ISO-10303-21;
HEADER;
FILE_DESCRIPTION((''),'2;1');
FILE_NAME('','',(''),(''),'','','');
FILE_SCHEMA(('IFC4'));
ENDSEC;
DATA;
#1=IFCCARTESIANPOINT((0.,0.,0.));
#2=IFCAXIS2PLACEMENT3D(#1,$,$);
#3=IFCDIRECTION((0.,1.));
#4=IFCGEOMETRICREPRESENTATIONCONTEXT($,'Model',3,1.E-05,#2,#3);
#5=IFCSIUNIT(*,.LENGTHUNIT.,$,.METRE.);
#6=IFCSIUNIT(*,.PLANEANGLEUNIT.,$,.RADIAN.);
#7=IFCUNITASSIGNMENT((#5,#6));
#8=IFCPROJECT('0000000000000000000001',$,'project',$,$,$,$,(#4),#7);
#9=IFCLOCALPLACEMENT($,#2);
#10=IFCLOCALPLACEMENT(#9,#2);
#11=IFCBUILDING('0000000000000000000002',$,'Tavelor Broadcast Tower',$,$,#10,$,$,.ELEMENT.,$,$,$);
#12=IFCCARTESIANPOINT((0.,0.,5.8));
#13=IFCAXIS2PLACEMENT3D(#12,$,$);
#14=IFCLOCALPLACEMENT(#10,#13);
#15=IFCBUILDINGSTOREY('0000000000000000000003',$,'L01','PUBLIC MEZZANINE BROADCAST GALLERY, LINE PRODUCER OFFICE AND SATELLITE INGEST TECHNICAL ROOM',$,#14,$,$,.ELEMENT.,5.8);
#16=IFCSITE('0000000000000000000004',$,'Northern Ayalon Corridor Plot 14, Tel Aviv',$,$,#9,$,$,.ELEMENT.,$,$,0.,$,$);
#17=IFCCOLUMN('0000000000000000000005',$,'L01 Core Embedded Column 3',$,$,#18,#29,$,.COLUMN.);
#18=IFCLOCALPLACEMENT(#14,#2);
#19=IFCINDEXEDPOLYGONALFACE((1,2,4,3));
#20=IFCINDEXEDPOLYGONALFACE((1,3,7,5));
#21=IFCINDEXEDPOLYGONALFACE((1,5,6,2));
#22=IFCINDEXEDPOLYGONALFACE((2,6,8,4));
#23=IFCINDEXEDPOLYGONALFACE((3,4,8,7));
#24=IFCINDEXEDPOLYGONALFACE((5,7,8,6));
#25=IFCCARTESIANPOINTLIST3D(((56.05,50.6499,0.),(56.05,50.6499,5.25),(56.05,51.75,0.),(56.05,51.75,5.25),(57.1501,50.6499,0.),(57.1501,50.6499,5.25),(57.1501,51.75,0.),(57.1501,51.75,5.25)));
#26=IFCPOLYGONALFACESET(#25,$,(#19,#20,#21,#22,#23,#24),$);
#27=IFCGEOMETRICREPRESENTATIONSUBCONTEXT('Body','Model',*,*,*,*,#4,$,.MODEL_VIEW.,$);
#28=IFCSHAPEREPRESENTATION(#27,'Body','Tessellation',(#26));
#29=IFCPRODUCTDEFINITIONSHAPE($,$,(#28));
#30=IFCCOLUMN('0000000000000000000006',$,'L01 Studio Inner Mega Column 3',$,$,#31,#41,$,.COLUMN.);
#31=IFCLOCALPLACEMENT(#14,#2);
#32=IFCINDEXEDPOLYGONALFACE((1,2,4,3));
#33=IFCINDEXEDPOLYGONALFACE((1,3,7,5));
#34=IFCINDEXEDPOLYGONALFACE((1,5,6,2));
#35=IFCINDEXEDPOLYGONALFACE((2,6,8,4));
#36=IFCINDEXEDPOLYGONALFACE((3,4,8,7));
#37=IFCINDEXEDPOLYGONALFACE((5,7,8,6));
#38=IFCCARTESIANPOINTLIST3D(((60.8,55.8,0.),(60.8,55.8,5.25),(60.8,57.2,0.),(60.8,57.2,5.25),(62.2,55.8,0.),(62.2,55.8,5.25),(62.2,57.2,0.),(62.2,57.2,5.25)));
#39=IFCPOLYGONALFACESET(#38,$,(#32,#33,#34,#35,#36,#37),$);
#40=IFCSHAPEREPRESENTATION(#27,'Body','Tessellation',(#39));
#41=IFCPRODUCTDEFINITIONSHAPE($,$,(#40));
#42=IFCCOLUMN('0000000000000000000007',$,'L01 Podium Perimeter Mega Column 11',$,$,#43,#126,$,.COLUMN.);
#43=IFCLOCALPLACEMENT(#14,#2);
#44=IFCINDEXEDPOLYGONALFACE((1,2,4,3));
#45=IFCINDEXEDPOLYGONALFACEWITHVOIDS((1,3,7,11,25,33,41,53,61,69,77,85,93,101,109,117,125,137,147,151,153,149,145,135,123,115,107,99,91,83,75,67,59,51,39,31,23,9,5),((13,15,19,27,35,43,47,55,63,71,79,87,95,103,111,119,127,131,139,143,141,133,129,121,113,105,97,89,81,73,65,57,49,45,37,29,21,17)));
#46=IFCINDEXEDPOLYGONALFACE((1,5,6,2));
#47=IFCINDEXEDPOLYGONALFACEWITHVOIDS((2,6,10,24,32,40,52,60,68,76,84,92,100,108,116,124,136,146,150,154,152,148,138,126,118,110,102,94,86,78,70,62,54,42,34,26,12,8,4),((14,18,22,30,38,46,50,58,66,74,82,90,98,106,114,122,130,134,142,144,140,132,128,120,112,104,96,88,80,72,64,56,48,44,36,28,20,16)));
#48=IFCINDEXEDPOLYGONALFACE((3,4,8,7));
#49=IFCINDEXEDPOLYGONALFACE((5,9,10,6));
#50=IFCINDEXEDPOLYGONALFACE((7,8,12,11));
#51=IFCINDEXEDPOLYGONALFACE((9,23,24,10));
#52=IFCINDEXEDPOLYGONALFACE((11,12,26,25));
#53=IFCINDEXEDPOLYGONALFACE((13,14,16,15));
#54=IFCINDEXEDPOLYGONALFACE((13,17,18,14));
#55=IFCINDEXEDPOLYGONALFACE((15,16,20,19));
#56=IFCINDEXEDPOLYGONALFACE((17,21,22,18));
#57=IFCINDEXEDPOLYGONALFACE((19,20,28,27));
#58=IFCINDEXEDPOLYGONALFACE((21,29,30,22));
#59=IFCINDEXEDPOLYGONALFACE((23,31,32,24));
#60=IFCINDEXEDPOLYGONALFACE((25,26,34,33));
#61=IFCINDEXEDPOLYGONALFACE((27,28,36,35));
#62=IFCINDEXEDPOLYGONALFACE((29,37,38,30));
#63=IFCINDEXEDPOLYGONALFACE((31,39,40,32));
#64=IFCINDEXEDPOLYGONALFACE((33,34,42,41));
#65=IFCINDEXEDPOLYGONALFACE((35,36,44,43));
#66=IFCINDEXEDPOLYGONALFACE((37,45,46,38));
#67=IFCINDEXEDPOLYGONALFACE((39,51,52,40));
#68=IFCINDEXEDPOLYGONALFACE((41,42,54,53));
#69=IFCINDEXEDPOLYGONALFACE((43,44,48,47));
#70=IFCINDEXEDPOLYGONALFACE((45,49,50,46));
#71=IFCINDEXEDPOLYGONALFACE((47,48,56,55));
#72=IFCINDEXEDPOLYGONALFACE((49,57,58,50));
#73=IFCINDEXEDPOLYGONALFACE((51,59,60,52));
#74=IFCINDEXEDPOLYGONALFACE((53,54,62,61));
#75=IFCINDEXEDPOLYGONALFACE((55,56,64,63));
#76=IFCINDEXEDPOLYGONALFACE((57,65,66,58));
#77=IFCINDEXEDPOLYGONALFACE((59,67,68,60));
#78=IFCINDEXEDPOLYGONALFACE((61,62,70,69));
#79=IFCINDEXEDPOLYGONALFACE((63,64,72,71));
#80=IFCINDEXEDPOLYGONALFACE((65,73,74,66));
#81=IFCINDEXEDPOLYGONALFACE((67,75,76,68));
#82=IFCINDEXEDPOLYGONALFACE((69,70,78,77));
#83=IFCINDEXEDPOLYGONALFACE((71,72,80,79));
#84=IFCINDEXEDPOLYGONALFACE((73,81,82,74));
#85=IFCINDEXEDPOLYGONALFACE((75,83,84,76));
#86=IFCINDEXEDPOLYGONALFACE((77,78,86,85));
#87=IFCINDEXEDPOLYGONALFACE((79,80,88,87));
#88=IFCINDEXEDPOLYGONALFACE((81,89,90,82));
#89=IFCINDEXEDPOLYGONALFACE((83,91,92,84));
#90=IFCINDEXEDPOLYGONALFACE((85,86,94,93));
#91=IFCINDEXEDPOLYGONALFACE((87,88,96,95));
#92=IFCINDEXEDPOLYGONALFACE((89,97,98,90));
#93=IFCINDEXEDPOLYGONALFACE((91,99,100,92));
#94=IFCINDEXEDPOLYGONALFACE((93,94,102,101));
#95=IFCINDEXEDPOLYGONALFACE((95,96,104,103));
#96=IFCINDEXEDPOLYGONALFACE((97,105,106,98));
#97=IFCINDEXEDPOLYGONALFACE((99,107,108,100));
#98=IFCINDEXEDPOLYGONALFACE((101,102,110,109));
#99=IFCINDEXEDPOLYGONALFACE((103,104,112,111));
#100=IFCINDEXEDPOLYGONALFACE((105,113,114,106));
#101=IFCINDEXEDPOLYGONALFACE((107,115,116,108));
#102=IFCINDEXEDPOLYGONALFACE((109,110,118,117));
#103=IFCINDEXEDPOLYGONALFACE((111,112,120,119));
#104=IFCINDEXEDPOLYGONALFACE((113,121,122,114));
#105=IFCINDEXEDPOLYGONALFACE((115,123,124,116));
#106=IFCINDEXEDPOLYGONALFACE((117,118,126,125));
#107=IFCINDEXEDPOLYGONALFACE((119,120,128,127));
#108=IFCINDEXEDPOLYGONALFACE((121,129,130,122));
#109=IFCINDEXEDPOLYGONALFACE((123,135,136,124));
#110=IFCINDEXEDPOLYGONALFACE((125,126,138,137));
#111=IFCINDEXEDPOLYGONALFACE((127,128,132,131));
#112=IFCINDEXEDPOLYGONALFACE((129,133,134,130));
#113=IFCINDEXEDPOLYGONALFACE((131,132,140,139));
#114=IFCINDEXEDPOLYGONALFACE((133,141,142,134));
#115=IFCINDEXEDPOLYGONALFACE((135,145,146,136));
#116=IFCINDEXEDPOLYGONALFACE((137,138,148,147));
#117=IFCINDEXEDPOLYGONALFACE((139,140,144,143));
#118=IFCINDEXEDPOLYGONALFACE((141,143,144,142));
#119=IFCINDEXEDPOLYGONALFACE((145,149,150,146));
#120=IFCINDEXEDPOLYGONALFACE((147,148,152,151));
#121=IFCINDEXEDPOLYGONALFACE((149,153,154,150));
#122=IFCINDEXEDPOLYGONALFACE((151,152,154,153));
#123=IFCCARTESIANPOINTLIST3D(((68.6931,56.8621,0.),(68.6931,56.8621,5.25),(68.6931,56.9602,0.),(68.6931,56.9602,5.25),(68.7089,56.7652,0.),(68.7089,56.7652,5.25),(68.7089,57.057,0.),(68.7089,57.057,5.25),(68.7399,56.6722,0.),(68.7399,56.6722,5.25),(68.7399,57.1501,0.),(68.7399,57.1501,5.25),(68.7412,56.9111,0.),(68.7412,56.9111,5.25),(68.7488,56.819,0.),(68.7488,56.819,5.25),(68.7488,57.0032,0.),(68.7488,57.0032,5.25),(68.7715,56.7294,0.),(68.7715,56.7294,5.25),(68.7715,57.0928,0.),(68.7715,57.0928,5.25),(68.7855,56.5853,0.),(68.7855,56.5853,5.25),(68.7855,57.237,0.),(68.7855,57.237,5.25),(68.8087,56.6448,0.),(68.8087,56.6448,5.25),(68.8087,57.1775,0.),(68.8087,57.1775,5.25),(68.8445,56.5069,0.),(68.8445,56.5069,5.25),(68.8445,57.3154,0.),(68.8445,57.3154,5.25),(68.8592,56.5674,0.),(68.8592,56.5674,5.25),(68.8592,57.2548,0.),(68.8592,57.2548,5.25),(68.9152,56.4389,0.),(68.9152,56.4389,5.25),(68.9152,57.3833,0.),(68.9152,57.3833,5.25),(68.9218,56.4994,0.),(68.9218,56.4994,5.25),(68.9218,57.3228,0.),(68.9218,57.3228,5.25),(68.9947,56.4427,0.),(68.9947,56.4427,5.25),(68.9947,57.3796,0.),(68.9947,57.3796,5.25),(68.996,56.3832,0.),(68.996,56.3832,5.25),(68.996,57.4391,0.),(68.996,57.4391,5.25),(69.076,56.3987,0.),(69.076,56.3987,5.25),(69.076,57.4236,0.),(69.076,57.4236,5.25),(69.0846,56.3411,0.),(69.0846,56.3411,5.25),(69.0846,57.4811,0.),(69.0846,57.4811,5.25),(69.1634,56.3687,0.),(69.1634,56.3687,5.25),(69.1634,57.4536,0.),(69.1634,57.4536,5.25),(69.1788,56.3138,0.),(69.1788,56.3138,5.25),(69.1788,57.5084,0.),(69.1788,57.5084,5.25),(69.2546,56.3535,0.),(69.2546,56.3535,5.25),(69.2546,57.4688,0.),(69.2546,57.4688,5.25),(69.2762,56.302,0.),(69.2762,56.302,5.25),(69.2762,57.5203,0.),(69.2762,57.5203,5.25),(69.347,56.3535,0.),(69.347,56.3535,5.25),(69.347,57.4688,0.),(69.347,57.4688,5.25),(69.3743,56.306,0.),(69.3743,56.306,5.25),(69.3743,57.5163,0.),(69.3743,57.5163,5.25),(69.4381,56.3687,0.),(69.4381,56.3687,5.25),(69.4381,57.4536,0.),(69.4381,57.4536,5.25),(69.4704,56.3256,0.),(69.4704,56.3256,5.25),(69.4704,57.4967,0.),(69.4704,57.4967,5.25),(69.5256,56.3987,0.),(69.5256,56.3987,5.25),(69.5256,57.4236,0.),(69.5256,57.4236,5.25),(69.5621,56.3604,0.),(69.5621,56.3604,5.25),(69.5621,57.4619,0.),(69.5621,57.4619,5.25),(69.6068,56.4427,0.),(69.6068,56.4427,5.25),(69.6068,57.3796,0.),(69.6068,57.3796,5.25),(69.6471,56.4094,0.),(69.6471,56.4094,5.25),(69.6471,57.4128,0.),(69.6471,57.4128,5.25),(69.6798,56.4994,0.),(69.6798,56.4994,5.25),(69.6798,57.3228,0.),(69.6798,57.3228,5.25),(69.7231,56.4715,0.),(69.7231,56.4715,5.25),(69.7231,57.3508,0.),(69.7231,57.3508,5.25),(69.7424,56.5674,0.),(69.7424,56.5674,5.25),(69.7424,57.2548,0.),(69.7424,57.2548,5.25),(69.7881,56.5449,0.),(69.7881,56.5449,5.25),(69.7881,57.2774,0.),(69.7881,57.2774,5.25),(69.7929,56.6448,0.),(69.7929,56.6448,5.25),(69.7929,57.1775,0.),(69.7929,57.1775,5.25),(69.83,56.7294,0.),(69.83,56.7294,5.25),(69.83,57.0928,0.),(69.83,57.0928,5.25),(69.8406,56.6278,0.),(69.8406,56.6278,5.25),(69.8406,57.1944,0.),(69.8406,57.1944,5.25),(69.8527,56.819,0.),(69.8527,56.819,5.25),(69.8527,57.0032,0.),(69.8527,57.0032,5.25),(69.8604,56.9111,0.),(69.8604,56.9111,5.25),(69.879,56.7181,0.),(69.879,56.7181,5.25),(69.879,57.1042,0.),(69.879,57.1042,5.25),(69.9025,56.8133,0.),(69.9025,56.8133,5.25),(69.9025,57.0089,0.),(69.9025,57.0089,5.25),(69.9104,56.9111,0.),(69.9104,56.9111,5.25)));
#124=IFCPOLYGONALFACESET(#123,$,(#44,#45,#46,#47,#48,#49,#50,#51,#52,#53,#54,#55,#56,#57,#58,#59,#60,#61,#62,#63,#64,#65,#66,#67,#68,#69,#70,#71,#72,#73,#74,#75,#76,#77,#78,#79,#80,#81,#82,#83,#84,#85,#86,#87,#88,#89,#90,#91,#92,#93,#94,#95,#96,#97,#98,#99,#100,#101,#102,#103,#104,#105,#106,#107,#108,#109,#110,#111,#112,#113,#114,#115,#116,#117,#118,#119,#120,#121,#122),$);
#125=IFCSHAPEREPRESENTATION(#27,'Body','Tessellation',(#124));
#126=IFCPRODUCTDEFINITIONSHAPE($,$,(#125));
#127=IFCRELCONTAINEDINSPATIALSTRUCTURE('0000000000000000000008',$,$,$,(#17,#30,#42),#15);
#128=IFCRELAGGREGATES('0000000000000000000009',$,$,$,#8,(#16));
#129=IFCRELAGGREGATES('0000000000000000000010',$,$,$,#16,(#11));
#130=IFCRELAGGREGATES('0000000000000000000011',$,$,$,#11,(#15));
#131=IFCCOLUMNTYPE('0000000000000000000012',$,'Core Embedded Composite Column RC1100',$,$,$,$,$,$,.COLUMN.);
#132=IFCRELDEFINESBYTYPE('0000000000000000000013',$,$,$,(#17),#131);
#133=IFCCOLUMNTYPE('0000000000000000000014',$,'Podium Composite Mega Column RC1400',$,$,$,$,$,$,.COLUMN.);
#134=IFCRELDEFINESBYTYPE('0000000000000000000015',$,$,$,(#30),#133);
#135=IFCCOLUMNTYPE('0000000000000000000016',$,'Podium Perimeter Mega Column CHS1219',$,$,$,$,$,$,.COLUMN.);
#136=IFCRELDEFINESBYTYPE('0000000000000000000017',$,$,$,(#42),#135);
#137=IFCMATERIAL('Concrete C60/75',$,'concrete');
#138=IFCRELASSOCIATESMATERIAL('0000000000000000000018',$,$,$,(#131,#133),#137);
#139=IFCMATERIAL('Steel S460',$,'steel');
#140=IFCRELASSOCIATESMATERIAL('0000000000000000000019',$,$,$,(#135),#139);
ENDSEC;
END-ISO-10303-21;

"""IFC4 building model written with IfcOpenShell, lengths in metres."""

from ifc_helpers import new_model, si_unit, direction, frame, origin, origin_2d, place, context, subcontext, project, spatial, rectangle, hollow_circle, extrude, material, material_profile, profile_set, type_object, element, save


model = new_model("IFC4")

# Units and contexts
model_context = context("Model", 3, precision=1e-05, world=origin(), true_north=direction((0.0, 1.0)))
body_context = subcontext(model_context, "Body", "Model", "MODEL_VIEW")
ifc_project = project(units=[si_unit("LENGTHUNIT", "METRE"), si_unit("PLANEANGLEUNIT", "RADIAN")], contexts=[model_context])

# Site, building, storey
site_placement = place(None, origin())
site = spatial("IfcSite", under=ifc_project, at=site_placement, Name="Northern Ayalon Corridor Plot 14, Tel Aviv", CompositionType="ELEMENT", RefElevation=0.0)
building_placement = place(site_placement, origin())
building = spatial("IfcBuilding", under=site, at=building_placement, Name="Tavelor Broadcast Tower", CompositionType="ELEMENT")
storey_placement = place(building_placement, frame((0.0, 0.0, 5.8)))
storey = spatial("IfcBuildingStorey", under=building, at=storey_placement, Name="L01", Description="PUBLIC MEZZANINE BROADCAST GALLERY, LINE PRODUCER OFFICE AND SATELLITE INGEST TECHNICAL ROOM", CompositionType="ELEMENT", Elevation=5.8)

# Columns
ifc_material_1 = material(Name="Concrete C60/75", Category="concrete")
ifc_material_profile_1 = material_profile(ifc_material_1, rectangle(XDim=1.1001, YDim=1.1001, at=origin_2d()), Name="RC 1100x1100")
ifc_profile_set_1 = profile_set([ifc_material_profile_1], Name="Concrete C60/75")
column_type_1 = type_object("IfcColumnType", Name="Core Embedded Composite Column RC1100", PredefinedType="COLUMN", material=ifc_profile_set_1)
column_1_placement = place(storey_placement, frame((56.6001, 51.2, 0.0), z_axis=(0.0, 0.0, 1.0), x_axis=(1.0, 0.0, 0.0)))
element("IfcColumn", 1, at=column_1_placement, inside=storey, type_object=column_type_1, Name="L01 Core Embedded Column 3", PredefinedType="COLUMN", context=body_context, shape_type="SweptSolid", body=[
    extrude(rectangle(XDim=1.1001, YDim=1.1001, at=origin_2d()), origin(), (0.0, 0.0, 1.0), 5.25),
])
ifc_material_profile_2 = material_profile(ifc_material_1, rectangle(XDim=1.3999, YDim=1.3999, at=origin_2d()), Name="RC 1400x1400")
ifc_profile_set_2 = profile_set([ifc_material_profile_2], Name="Concrete C60/75")
column_type_2 = type_object("IfcColumnType", Name="Podium Composite Mega Column RC1400", PredefinedType="COLUMN", material=ifc_profile_set_2)
column_2_placement = place(storey_placement, frame((61.5, 56.5, 0.0), z_axis=(0.0, 0.0, 1.0), x_axis=(1.0, 0.0, 0.0)))
element("IfcColumn", 2, at=column_2_placement, inside=storey, type_object=column_type_2, Name="L01 Studio Inner Mega Column 3", PredefinedType="COLUMN", context=body_context, shape_type="SweptSolid", body=[
    extrude(rectangle(XDim=1.3999, YDim=1.3999, at=origin_2d()), origin(), (0.0, 0.0, 1.0), 5.25),
])
ifc_material_2 = material(Name="Steel S460", Category="steel")
ifc_material_profile_3 = material_profile(ifc_material_2, hollow_circle(Radius=0.6096, WallThickness=0.05, at=origin_2d()), Name="CHS 1219x50")
ifc_profile_set_3 = profile_set([ifc_material_profile_3], Name="Steel S460")
column_type_3 = type_object("IfcColumnType", Name="Podium Perimeter Mega Column CHS1219", PredefinedType="COLUMN", material=ifc_profile_set_3)
for number, where, z_axis, x_axis, name in (
    (3, (69.3008, 56.9111, 0.0), (0.0, 0.0, 1.0), (1.0, 0.0, 0.0), "L01 Podium Perimeter Mega Column 11"),
):
    element("IfcColumn", number, at=place(storey_placement, frame(where, z_axis=z_axis, x_axis=x_axis)), inside=storey, type_object=column_type_3, Name=name, PredefinedType="COLUMN", context=body_context, shape_type="SweptSolid", body=[
        extrude(hollow_circle(Radius=0.6096, WallThickness=0.05, at=origin_2d()), origin(), (0.0, 0.0, 1.0), 5.25),
    ])

save(model, "model.ifc")
